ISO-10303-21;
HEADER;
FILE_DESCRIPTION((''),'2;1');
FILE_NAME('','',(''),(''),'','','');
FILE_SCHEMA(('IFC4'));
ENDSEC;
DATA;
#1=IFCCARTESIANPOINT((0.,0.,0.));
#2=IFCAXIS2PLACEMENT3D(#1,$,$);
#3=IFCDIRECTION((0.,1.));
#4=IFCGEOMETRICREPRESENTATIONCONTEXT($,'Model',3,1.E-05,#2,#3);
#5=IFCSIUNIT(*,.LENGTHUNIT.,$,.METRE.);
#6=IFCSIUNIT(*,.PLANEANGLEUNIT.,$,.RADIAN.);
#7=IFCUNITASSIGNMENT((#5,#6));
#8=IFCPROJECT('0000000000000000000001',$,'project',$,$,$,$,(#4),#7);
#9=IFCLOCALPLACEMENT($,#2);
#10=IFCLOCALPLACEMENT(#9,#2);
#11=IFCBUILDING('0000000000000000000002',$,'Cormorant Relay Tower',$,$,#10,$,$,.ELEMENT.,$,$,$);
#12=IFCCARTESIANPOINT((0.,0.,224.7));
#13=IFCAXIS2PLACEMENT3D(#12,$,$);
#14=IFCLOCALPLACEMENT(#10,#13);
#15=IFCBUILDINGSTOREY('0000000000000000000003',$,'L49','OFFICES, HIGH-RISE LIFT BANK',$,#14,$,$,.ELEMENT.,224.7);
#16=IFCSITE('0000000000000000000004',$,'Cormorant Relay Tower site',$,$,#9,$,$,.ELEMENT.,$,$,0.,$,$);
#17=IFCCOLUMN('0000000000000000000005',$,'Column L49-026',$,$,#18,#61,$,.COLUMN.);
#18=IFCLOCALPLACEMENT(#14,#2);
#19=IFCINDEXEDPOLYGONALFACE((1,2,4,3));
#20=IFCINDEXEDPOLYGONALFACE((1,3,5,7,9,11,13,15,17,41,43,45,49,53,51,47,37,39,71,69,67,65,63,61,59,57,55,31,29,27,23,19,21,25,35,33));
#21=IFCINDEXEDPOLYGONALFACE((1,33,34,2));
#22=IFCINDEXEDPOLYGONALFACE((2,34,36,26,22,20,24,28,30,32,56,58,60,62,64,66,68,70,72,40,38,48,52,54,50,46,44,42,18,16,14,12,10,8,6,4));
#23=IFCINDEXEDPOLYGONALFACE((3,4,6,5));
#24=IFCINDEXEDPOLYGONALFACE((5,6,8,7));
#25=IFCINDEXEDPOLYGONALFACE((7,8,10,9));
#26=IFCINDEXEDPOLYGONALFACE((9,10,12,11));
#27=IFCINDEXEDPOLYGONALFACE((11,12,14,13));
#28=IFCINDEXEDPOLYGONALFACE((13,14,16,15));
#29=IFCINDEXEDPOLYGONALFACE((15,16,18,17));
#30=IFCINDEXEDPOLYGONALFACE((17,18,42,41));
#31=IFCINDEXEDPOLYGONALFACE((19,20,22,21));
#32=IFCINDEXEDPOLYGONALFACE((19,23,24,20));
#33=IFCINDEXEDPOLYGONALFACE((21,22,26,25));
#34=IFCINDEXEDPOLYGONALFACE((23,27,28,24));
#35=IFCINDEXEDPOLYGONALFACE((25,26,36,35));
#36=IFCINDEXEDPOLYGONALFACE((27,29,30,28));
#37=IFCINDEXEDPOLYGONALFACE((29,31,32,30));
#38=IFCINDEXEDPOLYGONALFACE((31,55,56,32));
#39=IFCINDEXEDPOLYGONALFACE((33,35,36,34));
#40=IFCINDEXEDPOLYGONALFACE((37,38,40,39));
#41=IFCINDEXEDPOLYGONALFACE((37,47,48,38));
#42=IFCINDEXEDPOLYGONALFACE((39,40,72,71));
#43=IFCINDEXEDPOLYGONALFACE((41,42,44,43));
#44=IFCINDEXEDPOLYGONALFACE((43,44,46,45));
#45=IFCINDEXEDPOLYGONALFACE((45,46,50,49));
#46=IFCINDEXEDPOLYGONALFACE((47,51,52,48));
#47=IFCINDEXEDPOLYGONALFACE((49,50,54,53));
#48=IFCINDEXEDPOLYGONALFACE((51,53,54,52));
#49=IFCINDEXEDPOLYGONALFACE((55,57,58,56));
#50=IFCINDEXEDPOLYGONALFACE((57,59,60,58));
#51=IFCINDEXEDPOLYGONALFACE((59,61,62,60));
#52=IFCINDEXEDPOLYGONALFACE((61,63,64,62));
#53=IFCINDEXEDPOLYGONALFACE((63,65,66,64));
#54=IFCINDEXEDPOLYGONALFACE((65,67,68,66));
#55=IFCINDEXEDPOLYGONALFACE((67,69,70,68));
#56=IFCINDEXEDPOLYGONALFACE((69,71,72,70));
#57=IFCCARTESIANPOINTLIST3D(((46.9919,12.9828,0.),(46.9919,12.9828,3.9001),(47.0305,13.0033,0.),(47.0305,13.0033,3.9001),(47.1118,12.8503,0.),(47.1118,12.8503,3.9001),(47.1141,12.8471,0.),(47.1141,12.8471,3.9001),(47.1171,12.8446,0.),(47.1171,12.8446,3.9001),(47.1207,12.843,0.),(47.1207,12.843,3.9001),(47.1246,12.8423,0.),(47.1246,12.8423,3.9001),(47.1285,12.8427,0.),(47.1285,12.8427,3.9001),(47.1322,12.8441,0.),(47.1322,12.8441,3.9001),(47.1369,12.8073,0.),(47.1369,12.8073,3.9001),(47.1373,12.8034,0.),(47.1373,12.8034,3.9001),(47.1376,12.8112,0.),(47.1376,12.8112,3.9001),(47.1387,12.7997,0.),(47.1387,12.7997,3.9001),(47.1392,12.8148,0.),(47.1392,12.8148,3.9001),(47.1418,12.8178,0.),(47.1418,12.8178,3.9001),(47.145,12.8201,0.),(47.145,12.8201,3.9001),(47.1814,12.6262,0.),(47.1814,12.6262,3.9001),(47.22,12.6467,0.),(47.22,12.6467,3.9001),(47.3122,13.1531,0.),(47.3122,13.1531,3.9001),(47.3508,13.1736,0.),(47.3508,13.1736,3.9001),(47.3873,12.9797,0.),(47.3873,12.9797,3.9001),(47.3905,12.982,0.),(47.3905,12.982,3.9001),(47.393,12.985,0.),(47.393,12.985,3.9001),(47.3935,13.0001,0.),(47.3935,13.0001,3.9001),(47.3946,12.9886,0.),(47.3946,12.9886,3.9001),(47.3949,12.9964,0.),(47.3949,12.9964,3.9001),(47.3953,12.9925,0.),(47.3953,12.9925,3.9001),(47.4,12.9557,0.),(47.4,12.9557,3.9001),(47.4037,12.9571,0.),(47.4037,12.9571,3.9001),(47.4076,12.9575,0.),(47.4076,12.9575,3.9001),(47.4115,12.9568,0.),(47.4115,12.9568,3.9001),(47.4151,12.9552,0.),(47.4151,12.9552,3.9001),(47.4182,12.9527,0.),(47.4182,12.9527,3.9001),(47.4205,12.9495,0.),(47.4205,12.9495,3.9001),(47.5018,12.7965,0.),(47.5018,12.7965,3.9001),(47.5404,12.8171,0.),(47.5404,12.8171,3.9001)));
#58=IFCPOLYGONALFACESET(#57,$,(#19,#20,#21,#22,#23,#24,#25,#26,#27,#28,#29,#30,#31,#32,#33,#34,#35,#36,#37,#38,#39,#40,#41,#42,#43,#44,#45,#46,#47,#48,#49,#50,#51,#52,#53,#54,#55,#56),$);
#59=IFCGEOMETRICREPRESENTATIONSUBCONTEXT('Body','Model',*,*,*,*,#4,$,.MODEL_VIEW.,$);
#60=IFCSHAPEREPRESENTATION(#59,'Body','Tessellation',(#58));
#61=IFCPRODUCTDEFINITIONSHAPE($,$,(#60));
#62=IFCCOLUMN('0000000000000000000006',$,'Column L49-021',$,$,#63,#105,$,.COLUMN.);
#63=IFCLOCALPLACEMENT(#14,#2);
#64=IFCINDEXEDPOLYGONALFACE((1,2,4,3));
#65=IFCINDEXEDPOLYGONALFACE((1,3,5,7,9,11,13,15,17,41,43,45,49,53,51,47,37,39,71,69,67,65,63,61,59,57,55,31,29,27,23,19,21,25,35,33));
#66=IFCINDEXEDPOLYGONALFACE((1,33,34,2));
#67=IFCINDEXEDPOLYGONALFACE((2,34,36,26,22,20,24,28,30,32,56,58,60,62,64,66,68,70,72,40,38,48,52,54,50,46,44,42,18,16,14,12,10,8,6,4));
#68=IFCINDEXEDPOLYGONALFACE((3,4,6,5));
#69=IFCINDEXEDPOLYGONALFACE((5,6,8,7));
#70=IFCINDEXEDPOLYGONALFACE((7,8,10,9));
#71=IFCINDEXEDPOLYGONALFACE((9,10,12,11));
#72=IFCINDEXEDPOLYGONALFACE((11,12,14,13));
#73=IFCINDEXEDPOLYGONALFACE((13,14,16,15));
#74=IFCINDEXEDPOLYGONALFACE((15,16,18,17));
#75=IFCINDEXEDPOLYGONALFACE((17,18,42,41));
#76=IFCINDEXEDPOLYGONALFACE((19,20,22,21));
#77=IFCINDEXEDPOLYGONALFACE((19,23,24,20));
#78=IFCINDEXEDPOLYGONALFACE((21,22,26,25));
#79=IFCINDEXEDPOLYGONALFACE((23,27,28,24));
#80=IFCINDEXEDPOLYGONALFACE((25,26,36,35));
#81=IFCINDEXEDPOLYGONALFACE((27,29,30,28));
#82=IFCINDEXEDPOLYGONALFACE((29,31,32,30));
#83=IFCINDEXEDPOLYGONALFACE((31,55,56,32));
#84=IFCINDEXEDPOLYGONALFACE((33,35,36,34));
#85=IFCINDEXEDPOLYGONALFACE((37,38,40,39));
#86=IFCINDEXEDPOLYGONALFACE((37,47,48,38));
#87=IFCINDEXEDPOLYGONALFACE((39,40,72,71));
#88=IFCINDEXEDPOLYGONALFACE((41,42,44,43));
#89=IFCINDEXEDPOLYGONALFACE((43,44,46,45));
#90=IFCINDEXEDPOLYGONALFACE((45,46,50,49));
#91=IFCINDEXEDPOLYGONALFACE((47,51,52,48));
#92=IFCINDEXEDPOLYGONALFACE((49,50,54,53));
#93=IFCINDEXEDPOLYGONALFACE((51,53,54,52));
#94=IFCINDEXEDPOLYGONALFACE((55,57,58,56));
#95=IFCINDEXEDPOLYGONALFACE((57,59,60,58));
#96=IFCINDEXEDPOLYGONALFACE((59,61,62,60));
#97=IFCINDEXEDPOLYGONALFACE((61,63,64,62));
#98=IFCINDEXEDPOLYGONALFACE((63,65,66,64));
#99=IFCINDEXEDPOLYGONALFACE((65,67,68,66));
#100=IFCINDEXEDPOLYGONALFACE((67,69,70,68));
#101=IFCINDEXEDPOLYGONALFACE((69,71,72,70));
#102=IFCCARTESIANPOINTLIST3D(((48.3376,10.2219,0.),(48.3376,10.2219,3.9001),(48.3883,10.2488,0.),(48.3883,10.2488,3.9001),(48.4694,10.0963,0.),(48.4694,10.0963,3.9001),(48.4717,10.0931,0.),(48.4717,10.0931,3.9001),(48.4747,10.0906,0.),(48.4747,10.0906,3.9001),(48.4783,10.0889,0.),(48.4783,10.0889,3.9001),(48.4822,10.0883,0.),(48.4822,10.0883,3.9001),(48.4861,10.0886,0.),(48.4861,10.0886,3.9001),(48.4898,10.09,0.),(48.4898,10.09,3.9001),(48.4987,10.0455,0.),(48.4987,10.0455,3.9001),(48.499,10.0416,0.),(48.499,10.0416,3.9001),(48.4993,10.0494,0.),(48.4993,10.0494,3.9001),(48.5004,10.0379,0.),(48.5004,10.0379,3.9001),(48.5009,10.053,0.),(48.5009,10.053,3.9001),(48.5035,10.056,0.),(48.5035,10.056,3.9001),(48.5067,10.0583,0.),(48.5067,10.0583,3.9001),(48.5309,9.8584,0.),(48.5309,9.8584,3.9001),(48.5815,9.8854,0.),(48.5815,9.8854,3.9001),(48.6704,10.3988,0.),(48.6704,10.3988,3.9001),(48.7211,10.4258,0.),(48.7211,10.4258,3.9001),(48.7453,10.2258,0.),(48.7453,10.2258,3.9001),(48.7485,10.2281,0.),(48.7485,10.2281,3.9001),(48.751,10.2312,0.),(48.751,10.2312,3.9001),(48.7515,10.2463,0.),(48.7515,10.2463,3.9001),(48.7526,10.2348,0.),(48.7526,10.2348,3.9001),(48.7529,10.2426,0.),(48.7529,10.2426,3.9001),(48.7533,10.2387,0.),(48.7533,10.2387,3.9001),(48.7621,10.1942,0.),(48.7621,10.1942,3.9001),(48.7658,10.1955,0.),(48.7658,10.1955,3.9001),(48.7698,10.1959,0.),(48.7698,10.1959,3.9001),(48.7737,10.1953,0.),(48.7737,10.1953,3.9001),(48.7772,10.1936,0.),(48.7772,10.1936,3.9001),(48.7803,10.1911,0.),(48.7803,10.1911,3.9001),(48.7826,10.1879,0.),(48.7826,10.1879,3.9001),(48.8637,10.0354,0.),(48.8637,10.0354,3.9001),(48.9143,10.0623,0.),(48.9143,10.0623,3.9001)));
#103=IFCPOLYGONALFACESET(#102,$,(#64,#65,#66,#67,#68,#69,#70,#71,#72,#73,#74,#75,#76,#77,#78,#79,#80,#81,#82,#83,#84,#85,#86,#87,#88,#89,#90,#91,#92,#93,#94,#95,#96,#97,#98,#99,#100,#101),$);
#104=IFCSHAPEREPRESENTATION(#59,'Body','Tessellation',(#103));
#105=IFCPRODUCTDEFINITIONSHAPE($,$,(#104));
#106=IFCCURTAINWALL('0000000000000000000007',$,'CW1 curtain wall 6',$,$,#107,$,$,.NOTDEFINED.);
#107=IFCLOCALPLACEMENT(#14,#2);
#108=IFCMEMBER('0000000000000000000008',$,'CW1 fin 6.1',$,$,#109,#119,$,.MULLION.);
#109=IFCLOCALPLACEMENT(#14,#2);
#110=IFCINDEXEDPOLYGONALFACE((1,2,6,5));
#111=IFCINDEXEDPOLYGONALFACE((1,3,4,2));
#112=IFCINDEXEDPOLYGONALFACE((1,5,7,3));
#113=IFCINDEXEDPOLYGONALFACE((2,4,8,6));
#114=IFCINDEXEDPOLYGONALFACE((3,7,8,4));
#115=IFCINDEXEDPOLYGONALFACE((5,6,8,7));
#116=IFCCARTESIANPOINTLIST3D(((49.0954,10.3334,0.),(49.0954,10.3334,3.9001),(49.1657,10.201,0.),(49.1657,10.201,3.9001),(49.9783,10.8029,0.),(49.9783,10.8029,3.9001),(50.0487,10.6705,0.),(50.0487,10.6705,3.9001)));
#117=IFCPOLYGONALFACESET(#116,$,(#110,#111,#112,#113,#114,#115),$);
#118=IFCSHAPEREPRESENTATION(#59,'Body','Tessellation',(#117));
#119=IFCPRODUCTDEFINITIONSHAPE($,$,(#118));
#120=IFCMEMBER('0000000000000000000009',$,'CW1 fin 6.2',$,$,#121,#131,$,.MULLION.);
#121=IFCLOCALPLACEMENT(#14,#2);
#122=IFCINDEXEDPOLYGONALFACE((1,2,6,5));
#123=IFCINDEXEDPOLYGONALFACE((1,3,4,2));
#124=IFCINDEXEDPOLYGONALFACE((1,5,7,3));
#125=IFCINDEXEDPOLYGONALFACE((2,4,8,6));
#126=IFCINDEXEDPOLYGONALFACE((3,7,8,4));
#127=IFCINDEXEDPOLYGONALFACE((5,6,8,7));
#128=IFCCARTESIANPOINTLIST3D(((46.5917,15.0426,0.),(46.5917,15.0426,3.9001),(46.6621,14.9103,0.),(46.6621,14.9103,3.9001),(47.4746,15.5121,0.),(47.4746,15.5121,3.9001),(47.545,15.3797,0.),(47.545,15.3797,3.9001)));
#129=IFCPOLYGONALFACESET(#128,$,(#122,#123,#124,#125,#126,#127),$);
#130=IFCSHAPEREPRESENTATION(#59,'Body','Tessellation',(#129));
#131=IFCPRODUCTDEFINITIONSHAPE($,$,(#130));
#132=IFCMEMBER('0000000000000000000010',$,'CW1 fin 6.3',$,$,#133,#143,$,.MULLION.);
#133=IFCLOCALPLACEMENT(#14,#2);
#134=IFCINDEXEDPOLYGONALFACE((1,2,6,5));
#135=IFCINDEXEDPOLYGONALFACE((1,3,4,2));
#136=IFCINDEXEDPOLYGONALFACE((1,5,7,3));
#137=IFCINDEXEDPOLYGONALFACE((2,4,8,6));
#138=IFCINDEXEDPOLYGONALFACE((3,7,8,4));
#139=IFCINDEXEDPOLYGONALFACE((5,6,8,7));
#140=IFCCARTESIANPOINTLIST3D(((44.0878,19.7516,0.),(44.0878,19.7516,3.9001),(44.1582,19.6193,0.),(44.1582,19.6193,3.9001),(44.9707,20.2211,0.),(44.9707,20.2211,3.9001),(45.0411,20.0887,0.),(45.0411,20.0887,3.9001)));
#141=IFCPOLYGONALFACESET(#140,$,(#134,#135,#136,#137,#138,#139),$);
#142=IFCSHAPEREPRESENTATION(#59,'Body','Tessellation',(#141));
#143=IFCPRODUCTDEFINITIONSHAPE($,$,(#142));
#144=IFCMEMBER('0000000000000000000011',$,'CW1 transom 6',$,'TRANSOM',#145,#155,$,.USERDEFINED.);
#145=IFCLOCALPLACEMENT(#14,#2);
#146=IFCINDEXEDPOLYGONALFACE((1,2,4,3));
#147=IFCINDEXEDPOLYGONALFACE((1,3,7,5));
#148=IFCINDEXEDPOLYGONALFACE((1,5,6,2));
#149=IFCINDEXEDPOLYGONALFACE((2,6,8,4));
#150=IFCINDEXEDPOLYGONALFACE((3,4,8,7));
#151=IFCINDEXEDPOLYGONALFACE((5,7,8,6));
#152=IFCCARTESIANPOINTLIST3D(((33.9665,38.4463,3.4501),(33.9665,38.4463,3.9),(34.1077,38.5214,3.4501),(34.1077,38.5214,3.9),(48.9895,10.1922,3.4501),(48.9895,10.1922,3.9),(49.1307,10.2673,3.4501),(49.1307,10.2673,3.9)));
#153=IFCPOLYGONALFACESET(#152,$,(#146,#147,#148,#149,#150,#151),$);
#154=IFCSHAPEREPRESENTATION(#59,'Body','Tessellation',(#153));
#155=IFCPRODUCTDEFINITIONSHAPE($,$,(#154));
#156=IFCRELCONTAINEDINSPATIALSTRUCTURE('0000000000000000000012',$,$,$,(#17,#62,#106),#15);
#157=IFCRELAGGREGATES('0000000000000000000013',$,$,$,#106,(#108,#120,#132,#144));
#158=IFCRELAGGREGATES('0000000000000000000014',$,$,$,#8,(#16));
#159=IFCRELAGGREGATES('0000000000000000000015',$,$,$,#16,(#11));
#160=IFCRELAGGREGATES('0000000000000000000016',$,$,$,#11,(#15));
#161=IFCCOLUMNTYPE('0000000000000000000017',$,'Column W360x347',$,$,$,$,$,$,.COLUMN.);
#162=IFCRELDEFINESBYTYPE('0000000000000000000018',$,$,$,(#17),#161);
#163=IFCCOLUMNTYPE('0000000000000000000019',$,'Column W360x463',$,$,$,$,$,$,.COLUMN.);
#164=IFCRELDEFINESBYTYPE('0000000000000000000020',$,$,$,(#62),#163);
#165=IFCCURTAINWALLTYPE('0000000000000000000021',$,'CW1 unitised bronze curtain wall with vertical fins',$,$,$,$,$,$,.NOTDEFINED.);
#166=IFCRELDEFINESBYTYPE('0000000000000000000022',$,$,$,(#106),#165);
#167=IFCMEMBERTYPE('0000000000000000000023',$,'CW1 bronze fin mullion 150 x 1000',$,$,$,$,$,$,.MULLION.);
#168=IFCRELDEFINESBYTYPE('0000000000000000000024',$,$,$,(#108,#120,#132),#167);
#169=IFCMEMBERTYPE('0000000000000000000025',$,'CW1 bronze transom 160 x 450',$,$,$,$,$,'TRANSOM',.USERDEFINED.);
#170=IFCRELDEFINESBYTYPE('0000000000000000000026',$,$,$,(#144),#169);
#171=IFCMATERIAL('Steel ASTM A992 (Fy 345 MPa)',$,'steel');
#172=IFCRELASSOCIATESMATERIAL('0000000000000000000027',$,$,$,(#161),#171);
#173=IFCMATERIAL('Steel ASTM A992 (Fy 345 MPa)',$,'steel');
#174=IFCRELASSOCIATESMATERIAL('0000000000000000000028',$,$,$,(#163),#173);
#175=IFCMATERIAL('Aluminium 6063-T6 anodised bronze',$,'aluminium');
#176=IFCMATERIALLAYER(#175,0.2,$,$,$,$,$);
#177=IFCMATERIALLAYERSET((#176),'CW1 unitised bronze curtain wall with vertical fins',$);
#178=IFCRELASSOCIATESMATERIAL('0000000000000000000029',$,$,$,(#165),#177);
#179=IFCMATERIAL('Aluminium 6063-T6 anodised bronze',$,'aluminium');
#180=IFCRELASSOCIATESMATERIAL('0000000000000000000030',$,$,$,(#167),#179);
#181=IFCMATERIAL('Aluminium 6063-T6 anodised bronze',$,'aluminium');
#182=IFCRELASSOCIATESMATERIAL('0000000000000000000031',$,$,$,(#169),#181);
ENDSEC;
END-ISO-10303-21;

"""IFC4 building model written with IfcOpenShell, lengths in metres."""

from ifc_helpers import new_model, si_unit, direction, frame, origin, origin_2d, place, context, subcontext, project, spatial, rectangle, i_section, extrude, material, layer, layer_set, material_profile, profile_set, type_object, element, aggregate, save


model = new_model("IFC4")

# Units and contexts
model_context = context("Model", 3, precision=1e-05, world=origin(), true_north=direction((0.0, 1.0)))
body_context = subcontext(model_context, "Body", "Model", "MODEL_VIEW")
ifc_project = project(units=[si_unit("LENGTHUNIT", "METRE"), si_unit("PLANEANGLEUNIT", "RADIAN")], contexts=[model_context])

# Site, building, storey
site_placement = place(None, origin())
site = spatial("IfcSite", under=ifc_project, at=site_placement, Name="Cormorant Relay Tower site", CompositionType="ELEMENT", RefElevation=0.0)
building_placement = place(site_placement, origin())
building = spatial("IfcBuilding", under=site, at=building_placement, Name="Cormorant Relay Tower", CompositionType="ELEMENT")
storey_placement = place(building_placement, frame((0.0, 0.0, 224.7)))
storey = spatial("IfcBuildingStorey", under=building, at=storey_placement, Name="L49", Description="OFFICES, HIGH-RISE LIFT BANK", CompositionType="ELEMENT", Elevation=224.7)

# Columns
ifc_material_1 = material(Name="Steel ASTM A992 (Fy 345 MPa)", Category="steel")
ifc_material_profile_1 = material_profile(ifc_material_1, i_section(OverallWidth=0.4038, OverallDepth=0.4065, WebThickness=0.0271, FlangeThickness=0.0437, FilletRadius=0.0151, at=origin_2d()), Name="W360x347")
ifc_profile_set_1 = profile_set([ifc_material_profile_1], Name="Steel ASTM A992 (Fy 345 MPa)")
column_type_1 = type_object("IfcColumnType", Name="Column W360x347", PredefinedType="COLUMN", material=ifc_profile_set_1)
column_1_placement = place(storey_placement, frame((47.2661, 12.8999, 0.0), z_axis=(0.0, 0.0, 1.0), x_axis=(-0.469472, 0.882948, 0.0)))
element("IfcColumn", 1, at=column_1_placement, inside=storey, type_object=column_type_1, Name="Column L49-026", PredefinedType="COLUMN", context=body_context, shape_type="SweptSolid", body=[
    extrude(i_section(OverallWidth=0.4038, OverallDepth=0.4065, WebThickness=0.0271, FlangeThickness=0.0437, FilletRadius=0.0151, at=origin_2d()), origin(), (0.0, 0.0, 1.0), 3.9001),
])
ifc_material_2 = material(Name="Steel ASTM A992 (Fy 345 MPa)", Category="steel")
ifc_material_profile_2 = material_profile(ifc_material_2, i_section(OverallWidth=0.4116, OverallDepth=0.4343, WebThickness=0.0359, FlangeThickness=0.0574, FilletRadius=0.0151, at=origin_2d()), Name="W360x463")
ifc_profile_set_2 = profile_set([ifc_material_profile_2], Name="Steel ASTM A992 (Fy 345 MPa)")
column_type_2 = type_object("IfcColumnType", Name="Column W360x463", PredefinedType="COLUMN", material=ifc_profile_set_2)
column_2_placement = place(storey_placement, frame((48.626, 10.1421, 0.0), z_axis=(0.0, 0.0, 1.0), x_axis=(-0.469472, 0.882948, 0.0)))
element("IfcColumn", 2, at=column_2_placement, inside=storey, type_object=column_type_2, Name="Column L49-021", PredefinedType="COLUMN", context=body_context, shape_type="SweptSolid", body=[
    extrude(i_section(OverallWidth=0.4116, OverallDepth=0.4343, WebThickness=0.0359, FlangeThickness=0.0574, FilletRadius=0.0151, at=origin_2d()), origin(), (0.0, 0.0, 1.0), 3.9001),
])

# Curtain wall, members
ifc_material_3 = material(Name="Aluminium 6063-T6 anodised bronze", Category="aluminium")
ifc_layer_1 = layer(ifc_material_3, 0.2)
ifc_layer_set_1 = layer_set([ifc_layer_1], Name="CW1 unitised bronze curtain wall with vertical fins")
curtain_wall_type = type_object("IfcCurtainWallType", Name="CW1 unitised bronze curtain wall with vertical fins", PredefinedType="NOTDEFINED", material=ifc_layer_set_1)
curtain_wall_1_placement = place(storey_placement, origin())
curtain_wall_1 = element("IfcCurtainWall", 3, at=curtain_wall_1_placement, inside=storey, type_object=curtain_wall_type, Name="CW1 curtain wall 6", PredefinedType="NOTDEFINED")
ifc_material_4 = material(Name="Aluminium 6063-T6 anodised bronze", Category="aluminium")
ifc_material_profile_3 = material_profile(ifc_material_4, rectangle(XDim=0.1499, YDim=1.0, at=origin_2d()), Name="AL 150x1000")
ifc_profile_set_3 = profile_set([ifc_material_profile_3], Name="Aluminium 6063-T6 anodised bronze")
member_type_1 = type_object("IfcMemberType", Name="CW1 bronze fin mullion 150 x 1000", PredefinedType="MULLION", material=ifc_profile_set_3)
member_1_placement = place(storey_placement, frame((49.572, 10.502, 0.0), z_axis=(0.0, 0.0, 1.0), x_axis=(-0.469472, 0.882948, 0.0)))
member_1 = element("IfcMember", 4, at=member_1_placement, type_object=member_type_1, Name="CW1 fin 6.1", PredefinedType="MULLION", context=body_context, shape_type="SweptSolid", body=[
    extrude(rectangle(XDim=0.1499, YDim=1.0, at=origin_2d()), origin(), (0.0, 0.0, 1.0), 3.9001),
])
member_2_placement = place(storey_placement, frame((47.0684, 15.2112, 0.0), z_axis=(0.0, 0.0, 1.0), x_axis=(-0.469472, 0.882948, 0.0)))
member_2 = element("IfcMember", 5, at=member_2_placement, type_object=member_type_1, Name="CW1 fin 6.2", PredefinedType="MULLION", context=body_context, shape_type="SweptSolid", body=[
    extrude(rectangle(XDim=0.1499, YDim=1.0, at=origin_2d()), origin(), (0.0, 0.0, 1.0), 3.9001),
])
member_3_placement = place(storey_placement, frame((44.5645, 19.9202, 0.0), z_axis=(0.0, 0.0, 1.0), x_axis=(-0.469472, 0.882948, 0.0)))
member_3 = element("IfcMember", 6, at=member_3_placement, type_object=member_type_1, Name="CW1 fin 6.3", PredefinedType="MULLION", context=body_context, shape_type="SweptSolid", body=[
    extrude(rectangle(XDim=0.1499, YDim=1.0, at=origin_2d()), origin(), (0.0, 0.0, 1.0), 3.9001),
])
ifc_material_5 = material(Name="Aluminium 6063-T6 anodised bronze", Category="aluminium")
ifc_material_profile_4 = material_profile(ifc_material_5, rectangle(XDim=0.1599, YDim=0.45, at=origin_2d()), Name="AL 160x450")
ifc_profile_set_4 = profile_set([ifc_material_profile_4], Name="Aluminium 6063-T6 anodised bronze")
member_type_2 = type_object("IfcMemberType", Name="CW1 bronze transom 160 x 450", ElementType="TRANSOM", PredefinedType="USERDEFINED", material=ifc_profile_set_4)
member_4_placement = place(storey_placement, frame((49.0601, 10.2297, 3.675), z_axis=(-0.46947, 0.882948, 0.0), x_axis=(-0.882948, -0.46947, 0.0)))
member_4 = element("IfcMember", 7, at=member_4_placement, type_object=member_type_2, Name="CW1 transom 6", ObjectType="TRANSOM", PredefinedType="USERDEFINED", context=body_context, shape_type="SweptSolid", body=[
    extrude(rectangle(XDim=0.1599, YDim=0.45, at=origin_2d()), origin(), (0.0, 0.0, 1.0), 31.9998),
])

aggregate(curtain_wall_1, [member_1, member_2, member_3, member_4])

save(model, "model.ifc")
